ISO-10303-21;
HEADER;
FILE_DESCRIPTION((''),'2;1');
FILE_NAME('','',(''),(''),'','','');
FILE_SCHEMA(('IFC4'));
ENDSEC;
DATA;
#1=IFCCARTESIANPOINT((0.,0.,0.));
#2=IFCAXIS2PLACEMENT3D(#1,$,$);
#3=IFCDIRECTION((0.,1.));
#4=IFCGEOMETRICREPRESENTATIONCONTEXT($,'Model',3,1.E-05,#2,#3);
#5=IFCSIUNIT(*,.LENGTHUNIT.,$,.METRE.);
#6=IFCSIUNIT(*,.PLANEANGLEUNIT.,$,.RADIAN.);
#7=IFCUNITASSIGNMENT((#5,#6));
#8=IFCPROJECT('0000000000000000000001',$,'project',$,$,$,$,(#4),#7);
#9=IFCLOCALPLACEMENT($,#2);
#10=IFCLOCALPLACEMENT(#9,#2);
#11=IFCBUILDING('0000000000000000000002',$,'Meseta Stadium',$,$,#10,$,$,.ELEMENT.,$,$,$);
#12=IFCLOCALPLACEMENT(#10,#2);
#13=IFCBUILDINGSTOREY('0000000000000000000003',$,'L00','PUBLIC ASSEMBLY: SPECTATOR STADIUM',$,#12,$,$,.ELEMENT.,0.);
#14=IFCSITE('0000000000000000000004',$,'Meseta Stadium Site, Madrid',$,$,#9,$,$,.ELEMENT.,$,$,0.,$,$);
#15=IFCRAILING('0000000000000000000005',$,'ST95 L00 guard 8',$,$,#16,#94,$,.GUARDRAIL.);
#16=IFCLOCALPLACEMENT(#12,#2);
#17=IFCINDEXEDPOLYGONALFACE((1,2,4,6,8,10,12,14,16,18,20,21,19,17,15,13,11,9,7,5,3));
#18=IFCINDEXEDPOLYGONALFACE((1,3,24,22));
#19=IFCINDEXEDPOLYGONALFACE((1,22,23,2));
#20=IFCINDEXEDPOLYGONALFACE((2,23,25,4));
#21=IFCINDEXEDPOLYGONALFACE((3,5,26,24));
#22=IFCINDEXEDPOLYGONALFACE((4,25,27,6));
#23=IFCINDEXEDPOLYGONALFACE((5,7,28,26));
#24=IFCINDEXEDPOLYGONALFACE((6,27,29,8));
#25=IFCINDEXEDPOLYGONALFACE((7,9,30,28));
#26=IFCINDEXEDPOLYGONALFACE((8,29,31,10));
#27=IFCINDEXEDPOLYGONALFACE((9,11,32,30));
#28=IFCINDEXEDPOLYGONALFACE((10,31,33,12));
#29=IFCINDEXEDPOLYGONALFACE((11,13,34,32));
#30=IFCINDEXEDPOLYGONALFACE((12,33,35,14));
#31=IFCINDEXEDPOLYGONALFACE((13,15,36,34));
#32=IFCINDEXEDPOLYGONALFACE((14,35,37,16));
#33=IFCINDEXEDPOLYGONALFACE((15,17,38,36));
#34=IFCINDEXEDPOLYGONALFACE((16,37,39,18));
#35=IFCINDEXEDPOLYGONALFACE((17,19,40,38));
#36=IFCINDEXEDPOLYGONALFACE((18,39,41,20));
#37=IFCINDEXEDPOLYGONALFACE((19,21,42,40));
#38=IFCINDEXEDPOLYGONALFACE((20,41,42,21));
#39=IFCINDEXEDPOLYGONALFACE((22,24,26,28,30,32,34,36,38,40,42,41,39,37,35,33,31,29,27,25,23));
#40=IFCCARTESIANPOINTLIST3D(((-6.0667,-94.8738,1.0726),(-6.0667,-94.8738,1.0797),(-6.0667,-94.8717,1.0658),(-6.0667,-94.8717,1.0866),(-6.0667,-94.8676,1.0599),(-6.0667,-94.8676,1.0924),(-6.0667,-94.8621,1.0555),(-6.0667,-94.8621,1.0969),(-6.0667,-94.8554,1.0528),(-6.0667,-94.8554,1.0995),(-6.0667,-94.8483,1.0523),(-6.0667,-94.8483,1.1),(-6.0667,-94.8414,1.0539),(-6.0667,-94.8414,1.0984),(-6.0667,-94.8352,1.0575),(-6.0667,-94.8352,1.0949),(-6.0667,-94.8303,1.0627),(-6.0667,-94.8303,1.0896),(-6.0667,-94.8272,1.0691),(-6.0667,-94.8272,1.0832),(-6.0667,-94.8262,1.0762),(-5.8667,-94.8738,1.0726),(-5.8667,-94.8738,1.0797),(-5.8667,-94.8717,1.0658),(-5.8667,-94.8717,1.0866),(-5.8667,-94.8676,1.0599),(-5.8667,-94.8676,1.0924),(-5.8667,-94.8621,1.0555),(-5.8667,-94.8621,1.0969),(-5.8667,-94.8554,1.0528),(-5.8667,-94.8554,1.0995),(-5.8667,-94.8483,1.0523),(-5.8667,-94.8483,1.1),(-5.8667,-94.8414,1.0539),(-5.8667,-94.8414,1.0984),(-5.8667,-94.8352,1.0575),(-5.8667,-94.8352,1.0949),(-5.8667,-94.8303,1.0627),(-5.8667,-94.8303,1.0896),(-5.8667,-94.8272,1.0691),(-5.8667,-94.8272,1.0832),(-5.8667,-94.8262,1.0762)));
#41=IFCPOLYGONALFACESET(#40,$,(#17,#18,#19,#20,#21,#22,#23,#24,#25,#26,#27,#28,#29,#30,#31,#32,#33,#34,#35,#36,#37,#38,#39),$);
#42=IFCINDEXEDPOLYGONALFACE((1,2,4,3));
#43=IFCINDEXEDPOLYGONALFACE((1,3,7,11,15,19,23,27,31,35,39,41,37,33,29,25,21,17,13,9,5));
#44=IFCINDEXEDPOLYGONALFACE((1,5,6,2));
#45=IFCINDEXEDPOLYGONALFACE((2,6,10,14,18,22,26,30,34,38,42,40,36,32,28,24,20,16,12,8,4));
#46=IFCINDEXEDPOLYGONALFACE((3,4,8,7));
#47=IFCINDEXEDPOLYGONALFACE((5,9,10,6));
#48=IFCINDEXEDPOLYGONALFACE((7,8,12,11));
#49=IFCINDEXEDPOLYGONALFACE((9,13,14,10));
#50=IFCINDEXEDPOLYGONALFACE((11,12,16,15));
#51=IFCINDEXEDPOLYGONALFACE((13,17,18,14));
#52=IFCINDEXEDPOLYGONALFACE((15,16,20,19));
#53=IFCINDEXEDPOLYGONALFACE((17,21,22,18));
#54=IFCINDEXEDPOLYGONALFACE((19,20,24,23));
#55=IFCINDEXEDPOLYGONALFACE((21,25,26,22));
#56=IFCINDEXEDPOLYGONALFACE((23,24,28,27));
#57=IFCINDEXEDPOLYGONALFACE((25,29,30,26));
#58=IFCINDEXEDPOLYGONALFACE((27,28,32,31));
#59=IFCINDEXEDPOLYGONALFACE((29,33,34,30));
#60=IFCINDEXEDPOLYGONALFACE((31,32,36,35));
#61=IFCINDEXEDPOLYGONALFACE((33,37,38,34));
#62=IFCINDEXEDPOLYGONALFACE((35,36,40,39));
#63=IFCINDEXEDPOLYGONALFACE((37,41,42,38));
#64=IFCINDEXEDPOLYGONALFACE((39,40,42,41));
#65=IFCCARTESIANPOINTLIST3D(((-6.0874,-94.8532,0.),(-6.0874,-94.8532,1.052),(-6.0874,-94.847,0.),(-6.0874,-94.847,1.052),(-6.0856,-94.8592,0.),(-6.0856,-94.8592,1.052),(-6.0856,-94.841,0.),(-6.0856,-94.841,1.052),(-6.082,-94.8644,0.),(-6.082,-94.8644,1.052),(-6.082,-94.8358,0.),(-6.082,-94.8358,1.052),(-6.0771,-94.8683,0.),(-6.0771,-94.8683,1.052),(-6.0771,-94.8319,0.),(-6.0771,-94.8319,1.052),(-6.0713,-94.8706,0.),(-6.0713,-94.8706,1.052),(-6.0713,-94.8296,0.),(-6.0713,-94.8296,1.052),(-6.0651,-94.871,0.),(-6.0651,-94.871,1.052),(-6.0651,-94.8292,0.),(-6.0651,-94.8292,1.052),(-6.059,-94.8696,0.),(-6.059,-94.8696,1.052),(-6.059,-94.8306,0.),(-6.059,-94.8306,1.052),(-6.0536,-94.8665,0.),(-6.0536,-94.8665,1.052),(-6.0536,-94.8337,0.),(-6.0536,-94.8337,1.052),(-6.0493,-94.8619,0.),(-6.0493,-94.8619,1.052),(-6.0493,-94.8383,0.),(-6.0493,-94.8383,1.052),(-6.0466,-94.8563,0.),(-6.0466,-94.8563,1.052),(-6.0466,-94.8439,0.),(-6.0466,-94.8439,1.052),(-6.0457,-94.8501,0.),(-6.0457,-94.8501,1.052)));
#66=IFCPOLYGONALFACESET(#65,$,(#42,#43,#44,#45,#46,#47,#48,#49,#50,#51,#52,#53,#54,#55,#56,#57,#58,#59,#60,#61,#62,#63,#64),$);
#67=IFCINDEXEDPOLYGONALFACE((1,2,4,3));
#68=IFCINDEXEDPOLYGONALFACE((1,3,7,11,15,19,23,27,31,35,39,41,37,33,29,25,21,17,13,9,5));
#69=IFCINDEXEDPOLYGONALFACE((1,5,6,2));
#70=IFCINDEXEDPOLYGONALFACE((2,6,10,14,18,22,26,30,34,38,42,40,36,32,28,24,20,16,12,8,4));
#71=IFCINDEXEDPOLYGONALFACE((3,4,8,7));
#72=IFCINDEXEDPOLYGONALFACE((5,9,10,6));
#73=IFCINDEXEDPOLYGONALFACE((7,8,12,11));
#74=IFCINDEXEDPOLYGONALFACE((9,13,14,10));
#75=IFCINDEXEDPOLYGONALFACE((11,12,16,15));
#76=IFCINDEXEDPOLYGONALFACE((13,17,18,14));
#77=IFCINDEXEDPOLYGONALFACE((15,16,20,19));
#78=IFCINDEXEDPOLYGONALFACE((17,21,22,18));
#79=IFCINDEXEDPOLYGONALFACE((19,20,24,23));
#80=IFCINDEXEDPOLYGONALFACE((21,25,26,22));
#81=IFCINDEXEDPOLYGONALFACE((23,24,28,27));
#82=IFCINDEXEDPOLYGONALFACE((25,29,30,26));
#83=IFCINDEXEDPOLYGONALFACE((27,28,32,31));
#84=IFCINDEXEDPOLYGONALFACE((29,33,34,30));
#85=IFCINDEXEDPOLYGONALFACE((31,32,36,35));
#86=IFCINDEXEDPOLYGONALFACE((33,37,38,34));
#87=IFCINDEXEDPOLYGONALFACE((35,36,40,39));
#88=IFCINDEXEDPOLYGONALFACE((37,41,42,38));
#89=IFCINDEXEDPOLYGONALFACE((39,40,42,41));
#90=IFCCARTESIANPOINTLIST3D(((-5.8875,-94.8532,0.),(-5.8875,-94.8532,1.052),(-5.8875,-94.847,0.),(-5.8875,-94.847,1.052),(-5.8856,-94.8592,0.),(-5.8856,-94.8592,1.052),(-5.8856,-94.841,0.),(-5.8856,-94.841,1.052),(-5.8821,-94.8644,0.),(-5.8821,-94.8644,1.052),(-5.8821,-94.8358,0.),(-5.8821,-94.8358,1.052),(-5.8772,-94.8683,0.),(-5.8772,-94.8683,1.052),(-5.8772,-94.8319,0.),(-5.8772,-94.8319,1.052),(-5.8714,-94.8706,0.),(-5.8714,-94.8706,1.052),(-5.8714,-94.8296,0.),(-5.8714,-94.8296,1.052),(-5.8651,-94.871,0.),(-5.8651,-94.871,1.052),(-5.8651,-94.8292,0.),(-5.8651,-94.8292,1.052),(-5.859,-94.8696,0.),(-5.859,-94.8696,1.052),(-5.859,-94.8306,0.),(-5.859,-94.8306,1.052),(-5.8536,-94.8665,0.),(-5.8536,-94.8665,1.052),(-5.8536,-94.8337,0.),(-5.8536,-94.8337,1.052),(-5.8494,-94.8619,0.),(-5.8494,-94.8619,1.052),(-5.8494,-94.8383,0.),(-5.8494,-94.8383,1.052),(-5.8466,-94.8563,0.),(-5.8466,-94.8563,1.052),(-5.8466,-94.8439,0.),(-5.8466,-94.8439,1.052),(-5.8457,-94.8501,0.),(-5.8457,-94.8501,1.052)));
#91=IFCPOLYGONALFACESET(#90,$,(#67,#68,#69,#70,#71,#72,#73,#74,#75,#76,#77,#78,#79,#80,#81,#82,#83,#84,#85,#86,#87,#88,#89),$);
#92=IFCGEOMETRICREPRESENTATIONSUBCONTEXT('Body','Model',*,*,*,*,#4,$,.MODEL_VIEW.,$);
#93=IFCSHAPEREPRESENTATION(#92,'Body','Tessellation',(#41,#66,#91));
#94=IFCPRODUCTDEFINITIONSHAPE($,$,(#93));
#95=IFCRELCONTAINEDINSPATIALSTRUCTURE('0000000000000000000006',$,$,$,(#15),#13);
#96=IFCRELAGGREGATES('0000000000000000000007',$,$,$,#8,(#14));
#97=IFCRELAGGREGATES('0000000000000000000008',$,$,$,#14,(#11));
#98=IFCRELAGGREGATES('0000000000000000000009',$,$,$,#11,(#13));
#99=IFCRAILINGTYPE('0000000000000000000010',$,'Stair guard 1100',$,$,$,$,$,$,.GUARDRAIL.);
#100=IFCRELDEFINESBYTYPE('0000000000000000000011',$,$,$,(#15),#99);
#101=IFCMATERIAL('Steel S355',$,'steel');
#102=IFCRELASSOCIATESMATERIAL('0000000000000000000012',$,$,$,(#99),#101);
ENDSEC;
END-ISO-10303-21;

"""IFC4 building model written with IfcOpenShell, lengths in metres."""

from ifc_helpers import new_model, si_unit, direction, frame, origin, origin_2d, place, context, subcontext, project, spatial, circle, extrude, material, type_object, element, save


model = new_model("IFC4")

# Units and contexts
model_context = context("Model", 3, precision=1e-05, world=origin(), true_north=direction((0.0, 1.0)))
body_context = subcontext(model_context, "Body", "Model", "MODEL_VIEW")
ifc_project = project(units=[si_unit("LENGTHUNIT", "METRE"), si_unit("PLANEANGLEUNIT", "RADIAN")], contexts=[model_context])

# Site, building, storey
site_placement = place(None, origin())
site = spatial("IfcSite", under=ifc_project, at=site_placement, Name="Meseta Stadium Site, Madrid", CompositionType="ELEMENT", RefElevation=0.0)
building_placement = place(site_placement, origin())
building = spatial("IfcBuilding", under=site, at=building_placement, Name="Meseta Stadium", CompositionType="ELEMENT")
storey_placement = place(building_placement, origin())
storey = spatial("IfcBuildingStorey", under=building, at=storey_placement, Name="L00", Description="PUBLIC ASSEMBLY: SPECTATOR STADIUM", CompositionType="ELEMENT", Elevation=0.0)

# Railing
ifc_material_1 = material(Name="Steel S355", Category="steel")
railing_type_1 = type_object("IfcRailingType", Name="Stair guard 1100", PredefinedType="GUARDRAIL", material=ifc_material_1)
railing_1_placement = place(storey_placement, frame((-6.0667, -94.8501, 0.0)))
element("IfcRailing", 1, at=railing_1_placement, inside=storey, type_object=railing_type_1, Name="ST95 L00 guard 8", PredefinedType="GUARDRAIL", context=body_context, shape_type="SweptSolid", body=[
    extrude(circle(Radius=0.0239, at=origin_2d()), frame((0.0, 0.0, 1.0762), z_axis=(1.0, 0.0, 0.0), x_axis=(0.0, 1.0, 0.0)), (0.0, 0.0, 1.0), 0.2),
    extrude(circle(Radius=0.021, at=origin_2d()), origin(), (0.0, 0.0, 1.0), 1.052),
    extrude(circle(Radius=0.021, at=origin_2d()), frame((0.2, 0.0, 0.0)), (0.0, 0.0, 1.0), 1.052),
])

save(model, "model.ifc")
